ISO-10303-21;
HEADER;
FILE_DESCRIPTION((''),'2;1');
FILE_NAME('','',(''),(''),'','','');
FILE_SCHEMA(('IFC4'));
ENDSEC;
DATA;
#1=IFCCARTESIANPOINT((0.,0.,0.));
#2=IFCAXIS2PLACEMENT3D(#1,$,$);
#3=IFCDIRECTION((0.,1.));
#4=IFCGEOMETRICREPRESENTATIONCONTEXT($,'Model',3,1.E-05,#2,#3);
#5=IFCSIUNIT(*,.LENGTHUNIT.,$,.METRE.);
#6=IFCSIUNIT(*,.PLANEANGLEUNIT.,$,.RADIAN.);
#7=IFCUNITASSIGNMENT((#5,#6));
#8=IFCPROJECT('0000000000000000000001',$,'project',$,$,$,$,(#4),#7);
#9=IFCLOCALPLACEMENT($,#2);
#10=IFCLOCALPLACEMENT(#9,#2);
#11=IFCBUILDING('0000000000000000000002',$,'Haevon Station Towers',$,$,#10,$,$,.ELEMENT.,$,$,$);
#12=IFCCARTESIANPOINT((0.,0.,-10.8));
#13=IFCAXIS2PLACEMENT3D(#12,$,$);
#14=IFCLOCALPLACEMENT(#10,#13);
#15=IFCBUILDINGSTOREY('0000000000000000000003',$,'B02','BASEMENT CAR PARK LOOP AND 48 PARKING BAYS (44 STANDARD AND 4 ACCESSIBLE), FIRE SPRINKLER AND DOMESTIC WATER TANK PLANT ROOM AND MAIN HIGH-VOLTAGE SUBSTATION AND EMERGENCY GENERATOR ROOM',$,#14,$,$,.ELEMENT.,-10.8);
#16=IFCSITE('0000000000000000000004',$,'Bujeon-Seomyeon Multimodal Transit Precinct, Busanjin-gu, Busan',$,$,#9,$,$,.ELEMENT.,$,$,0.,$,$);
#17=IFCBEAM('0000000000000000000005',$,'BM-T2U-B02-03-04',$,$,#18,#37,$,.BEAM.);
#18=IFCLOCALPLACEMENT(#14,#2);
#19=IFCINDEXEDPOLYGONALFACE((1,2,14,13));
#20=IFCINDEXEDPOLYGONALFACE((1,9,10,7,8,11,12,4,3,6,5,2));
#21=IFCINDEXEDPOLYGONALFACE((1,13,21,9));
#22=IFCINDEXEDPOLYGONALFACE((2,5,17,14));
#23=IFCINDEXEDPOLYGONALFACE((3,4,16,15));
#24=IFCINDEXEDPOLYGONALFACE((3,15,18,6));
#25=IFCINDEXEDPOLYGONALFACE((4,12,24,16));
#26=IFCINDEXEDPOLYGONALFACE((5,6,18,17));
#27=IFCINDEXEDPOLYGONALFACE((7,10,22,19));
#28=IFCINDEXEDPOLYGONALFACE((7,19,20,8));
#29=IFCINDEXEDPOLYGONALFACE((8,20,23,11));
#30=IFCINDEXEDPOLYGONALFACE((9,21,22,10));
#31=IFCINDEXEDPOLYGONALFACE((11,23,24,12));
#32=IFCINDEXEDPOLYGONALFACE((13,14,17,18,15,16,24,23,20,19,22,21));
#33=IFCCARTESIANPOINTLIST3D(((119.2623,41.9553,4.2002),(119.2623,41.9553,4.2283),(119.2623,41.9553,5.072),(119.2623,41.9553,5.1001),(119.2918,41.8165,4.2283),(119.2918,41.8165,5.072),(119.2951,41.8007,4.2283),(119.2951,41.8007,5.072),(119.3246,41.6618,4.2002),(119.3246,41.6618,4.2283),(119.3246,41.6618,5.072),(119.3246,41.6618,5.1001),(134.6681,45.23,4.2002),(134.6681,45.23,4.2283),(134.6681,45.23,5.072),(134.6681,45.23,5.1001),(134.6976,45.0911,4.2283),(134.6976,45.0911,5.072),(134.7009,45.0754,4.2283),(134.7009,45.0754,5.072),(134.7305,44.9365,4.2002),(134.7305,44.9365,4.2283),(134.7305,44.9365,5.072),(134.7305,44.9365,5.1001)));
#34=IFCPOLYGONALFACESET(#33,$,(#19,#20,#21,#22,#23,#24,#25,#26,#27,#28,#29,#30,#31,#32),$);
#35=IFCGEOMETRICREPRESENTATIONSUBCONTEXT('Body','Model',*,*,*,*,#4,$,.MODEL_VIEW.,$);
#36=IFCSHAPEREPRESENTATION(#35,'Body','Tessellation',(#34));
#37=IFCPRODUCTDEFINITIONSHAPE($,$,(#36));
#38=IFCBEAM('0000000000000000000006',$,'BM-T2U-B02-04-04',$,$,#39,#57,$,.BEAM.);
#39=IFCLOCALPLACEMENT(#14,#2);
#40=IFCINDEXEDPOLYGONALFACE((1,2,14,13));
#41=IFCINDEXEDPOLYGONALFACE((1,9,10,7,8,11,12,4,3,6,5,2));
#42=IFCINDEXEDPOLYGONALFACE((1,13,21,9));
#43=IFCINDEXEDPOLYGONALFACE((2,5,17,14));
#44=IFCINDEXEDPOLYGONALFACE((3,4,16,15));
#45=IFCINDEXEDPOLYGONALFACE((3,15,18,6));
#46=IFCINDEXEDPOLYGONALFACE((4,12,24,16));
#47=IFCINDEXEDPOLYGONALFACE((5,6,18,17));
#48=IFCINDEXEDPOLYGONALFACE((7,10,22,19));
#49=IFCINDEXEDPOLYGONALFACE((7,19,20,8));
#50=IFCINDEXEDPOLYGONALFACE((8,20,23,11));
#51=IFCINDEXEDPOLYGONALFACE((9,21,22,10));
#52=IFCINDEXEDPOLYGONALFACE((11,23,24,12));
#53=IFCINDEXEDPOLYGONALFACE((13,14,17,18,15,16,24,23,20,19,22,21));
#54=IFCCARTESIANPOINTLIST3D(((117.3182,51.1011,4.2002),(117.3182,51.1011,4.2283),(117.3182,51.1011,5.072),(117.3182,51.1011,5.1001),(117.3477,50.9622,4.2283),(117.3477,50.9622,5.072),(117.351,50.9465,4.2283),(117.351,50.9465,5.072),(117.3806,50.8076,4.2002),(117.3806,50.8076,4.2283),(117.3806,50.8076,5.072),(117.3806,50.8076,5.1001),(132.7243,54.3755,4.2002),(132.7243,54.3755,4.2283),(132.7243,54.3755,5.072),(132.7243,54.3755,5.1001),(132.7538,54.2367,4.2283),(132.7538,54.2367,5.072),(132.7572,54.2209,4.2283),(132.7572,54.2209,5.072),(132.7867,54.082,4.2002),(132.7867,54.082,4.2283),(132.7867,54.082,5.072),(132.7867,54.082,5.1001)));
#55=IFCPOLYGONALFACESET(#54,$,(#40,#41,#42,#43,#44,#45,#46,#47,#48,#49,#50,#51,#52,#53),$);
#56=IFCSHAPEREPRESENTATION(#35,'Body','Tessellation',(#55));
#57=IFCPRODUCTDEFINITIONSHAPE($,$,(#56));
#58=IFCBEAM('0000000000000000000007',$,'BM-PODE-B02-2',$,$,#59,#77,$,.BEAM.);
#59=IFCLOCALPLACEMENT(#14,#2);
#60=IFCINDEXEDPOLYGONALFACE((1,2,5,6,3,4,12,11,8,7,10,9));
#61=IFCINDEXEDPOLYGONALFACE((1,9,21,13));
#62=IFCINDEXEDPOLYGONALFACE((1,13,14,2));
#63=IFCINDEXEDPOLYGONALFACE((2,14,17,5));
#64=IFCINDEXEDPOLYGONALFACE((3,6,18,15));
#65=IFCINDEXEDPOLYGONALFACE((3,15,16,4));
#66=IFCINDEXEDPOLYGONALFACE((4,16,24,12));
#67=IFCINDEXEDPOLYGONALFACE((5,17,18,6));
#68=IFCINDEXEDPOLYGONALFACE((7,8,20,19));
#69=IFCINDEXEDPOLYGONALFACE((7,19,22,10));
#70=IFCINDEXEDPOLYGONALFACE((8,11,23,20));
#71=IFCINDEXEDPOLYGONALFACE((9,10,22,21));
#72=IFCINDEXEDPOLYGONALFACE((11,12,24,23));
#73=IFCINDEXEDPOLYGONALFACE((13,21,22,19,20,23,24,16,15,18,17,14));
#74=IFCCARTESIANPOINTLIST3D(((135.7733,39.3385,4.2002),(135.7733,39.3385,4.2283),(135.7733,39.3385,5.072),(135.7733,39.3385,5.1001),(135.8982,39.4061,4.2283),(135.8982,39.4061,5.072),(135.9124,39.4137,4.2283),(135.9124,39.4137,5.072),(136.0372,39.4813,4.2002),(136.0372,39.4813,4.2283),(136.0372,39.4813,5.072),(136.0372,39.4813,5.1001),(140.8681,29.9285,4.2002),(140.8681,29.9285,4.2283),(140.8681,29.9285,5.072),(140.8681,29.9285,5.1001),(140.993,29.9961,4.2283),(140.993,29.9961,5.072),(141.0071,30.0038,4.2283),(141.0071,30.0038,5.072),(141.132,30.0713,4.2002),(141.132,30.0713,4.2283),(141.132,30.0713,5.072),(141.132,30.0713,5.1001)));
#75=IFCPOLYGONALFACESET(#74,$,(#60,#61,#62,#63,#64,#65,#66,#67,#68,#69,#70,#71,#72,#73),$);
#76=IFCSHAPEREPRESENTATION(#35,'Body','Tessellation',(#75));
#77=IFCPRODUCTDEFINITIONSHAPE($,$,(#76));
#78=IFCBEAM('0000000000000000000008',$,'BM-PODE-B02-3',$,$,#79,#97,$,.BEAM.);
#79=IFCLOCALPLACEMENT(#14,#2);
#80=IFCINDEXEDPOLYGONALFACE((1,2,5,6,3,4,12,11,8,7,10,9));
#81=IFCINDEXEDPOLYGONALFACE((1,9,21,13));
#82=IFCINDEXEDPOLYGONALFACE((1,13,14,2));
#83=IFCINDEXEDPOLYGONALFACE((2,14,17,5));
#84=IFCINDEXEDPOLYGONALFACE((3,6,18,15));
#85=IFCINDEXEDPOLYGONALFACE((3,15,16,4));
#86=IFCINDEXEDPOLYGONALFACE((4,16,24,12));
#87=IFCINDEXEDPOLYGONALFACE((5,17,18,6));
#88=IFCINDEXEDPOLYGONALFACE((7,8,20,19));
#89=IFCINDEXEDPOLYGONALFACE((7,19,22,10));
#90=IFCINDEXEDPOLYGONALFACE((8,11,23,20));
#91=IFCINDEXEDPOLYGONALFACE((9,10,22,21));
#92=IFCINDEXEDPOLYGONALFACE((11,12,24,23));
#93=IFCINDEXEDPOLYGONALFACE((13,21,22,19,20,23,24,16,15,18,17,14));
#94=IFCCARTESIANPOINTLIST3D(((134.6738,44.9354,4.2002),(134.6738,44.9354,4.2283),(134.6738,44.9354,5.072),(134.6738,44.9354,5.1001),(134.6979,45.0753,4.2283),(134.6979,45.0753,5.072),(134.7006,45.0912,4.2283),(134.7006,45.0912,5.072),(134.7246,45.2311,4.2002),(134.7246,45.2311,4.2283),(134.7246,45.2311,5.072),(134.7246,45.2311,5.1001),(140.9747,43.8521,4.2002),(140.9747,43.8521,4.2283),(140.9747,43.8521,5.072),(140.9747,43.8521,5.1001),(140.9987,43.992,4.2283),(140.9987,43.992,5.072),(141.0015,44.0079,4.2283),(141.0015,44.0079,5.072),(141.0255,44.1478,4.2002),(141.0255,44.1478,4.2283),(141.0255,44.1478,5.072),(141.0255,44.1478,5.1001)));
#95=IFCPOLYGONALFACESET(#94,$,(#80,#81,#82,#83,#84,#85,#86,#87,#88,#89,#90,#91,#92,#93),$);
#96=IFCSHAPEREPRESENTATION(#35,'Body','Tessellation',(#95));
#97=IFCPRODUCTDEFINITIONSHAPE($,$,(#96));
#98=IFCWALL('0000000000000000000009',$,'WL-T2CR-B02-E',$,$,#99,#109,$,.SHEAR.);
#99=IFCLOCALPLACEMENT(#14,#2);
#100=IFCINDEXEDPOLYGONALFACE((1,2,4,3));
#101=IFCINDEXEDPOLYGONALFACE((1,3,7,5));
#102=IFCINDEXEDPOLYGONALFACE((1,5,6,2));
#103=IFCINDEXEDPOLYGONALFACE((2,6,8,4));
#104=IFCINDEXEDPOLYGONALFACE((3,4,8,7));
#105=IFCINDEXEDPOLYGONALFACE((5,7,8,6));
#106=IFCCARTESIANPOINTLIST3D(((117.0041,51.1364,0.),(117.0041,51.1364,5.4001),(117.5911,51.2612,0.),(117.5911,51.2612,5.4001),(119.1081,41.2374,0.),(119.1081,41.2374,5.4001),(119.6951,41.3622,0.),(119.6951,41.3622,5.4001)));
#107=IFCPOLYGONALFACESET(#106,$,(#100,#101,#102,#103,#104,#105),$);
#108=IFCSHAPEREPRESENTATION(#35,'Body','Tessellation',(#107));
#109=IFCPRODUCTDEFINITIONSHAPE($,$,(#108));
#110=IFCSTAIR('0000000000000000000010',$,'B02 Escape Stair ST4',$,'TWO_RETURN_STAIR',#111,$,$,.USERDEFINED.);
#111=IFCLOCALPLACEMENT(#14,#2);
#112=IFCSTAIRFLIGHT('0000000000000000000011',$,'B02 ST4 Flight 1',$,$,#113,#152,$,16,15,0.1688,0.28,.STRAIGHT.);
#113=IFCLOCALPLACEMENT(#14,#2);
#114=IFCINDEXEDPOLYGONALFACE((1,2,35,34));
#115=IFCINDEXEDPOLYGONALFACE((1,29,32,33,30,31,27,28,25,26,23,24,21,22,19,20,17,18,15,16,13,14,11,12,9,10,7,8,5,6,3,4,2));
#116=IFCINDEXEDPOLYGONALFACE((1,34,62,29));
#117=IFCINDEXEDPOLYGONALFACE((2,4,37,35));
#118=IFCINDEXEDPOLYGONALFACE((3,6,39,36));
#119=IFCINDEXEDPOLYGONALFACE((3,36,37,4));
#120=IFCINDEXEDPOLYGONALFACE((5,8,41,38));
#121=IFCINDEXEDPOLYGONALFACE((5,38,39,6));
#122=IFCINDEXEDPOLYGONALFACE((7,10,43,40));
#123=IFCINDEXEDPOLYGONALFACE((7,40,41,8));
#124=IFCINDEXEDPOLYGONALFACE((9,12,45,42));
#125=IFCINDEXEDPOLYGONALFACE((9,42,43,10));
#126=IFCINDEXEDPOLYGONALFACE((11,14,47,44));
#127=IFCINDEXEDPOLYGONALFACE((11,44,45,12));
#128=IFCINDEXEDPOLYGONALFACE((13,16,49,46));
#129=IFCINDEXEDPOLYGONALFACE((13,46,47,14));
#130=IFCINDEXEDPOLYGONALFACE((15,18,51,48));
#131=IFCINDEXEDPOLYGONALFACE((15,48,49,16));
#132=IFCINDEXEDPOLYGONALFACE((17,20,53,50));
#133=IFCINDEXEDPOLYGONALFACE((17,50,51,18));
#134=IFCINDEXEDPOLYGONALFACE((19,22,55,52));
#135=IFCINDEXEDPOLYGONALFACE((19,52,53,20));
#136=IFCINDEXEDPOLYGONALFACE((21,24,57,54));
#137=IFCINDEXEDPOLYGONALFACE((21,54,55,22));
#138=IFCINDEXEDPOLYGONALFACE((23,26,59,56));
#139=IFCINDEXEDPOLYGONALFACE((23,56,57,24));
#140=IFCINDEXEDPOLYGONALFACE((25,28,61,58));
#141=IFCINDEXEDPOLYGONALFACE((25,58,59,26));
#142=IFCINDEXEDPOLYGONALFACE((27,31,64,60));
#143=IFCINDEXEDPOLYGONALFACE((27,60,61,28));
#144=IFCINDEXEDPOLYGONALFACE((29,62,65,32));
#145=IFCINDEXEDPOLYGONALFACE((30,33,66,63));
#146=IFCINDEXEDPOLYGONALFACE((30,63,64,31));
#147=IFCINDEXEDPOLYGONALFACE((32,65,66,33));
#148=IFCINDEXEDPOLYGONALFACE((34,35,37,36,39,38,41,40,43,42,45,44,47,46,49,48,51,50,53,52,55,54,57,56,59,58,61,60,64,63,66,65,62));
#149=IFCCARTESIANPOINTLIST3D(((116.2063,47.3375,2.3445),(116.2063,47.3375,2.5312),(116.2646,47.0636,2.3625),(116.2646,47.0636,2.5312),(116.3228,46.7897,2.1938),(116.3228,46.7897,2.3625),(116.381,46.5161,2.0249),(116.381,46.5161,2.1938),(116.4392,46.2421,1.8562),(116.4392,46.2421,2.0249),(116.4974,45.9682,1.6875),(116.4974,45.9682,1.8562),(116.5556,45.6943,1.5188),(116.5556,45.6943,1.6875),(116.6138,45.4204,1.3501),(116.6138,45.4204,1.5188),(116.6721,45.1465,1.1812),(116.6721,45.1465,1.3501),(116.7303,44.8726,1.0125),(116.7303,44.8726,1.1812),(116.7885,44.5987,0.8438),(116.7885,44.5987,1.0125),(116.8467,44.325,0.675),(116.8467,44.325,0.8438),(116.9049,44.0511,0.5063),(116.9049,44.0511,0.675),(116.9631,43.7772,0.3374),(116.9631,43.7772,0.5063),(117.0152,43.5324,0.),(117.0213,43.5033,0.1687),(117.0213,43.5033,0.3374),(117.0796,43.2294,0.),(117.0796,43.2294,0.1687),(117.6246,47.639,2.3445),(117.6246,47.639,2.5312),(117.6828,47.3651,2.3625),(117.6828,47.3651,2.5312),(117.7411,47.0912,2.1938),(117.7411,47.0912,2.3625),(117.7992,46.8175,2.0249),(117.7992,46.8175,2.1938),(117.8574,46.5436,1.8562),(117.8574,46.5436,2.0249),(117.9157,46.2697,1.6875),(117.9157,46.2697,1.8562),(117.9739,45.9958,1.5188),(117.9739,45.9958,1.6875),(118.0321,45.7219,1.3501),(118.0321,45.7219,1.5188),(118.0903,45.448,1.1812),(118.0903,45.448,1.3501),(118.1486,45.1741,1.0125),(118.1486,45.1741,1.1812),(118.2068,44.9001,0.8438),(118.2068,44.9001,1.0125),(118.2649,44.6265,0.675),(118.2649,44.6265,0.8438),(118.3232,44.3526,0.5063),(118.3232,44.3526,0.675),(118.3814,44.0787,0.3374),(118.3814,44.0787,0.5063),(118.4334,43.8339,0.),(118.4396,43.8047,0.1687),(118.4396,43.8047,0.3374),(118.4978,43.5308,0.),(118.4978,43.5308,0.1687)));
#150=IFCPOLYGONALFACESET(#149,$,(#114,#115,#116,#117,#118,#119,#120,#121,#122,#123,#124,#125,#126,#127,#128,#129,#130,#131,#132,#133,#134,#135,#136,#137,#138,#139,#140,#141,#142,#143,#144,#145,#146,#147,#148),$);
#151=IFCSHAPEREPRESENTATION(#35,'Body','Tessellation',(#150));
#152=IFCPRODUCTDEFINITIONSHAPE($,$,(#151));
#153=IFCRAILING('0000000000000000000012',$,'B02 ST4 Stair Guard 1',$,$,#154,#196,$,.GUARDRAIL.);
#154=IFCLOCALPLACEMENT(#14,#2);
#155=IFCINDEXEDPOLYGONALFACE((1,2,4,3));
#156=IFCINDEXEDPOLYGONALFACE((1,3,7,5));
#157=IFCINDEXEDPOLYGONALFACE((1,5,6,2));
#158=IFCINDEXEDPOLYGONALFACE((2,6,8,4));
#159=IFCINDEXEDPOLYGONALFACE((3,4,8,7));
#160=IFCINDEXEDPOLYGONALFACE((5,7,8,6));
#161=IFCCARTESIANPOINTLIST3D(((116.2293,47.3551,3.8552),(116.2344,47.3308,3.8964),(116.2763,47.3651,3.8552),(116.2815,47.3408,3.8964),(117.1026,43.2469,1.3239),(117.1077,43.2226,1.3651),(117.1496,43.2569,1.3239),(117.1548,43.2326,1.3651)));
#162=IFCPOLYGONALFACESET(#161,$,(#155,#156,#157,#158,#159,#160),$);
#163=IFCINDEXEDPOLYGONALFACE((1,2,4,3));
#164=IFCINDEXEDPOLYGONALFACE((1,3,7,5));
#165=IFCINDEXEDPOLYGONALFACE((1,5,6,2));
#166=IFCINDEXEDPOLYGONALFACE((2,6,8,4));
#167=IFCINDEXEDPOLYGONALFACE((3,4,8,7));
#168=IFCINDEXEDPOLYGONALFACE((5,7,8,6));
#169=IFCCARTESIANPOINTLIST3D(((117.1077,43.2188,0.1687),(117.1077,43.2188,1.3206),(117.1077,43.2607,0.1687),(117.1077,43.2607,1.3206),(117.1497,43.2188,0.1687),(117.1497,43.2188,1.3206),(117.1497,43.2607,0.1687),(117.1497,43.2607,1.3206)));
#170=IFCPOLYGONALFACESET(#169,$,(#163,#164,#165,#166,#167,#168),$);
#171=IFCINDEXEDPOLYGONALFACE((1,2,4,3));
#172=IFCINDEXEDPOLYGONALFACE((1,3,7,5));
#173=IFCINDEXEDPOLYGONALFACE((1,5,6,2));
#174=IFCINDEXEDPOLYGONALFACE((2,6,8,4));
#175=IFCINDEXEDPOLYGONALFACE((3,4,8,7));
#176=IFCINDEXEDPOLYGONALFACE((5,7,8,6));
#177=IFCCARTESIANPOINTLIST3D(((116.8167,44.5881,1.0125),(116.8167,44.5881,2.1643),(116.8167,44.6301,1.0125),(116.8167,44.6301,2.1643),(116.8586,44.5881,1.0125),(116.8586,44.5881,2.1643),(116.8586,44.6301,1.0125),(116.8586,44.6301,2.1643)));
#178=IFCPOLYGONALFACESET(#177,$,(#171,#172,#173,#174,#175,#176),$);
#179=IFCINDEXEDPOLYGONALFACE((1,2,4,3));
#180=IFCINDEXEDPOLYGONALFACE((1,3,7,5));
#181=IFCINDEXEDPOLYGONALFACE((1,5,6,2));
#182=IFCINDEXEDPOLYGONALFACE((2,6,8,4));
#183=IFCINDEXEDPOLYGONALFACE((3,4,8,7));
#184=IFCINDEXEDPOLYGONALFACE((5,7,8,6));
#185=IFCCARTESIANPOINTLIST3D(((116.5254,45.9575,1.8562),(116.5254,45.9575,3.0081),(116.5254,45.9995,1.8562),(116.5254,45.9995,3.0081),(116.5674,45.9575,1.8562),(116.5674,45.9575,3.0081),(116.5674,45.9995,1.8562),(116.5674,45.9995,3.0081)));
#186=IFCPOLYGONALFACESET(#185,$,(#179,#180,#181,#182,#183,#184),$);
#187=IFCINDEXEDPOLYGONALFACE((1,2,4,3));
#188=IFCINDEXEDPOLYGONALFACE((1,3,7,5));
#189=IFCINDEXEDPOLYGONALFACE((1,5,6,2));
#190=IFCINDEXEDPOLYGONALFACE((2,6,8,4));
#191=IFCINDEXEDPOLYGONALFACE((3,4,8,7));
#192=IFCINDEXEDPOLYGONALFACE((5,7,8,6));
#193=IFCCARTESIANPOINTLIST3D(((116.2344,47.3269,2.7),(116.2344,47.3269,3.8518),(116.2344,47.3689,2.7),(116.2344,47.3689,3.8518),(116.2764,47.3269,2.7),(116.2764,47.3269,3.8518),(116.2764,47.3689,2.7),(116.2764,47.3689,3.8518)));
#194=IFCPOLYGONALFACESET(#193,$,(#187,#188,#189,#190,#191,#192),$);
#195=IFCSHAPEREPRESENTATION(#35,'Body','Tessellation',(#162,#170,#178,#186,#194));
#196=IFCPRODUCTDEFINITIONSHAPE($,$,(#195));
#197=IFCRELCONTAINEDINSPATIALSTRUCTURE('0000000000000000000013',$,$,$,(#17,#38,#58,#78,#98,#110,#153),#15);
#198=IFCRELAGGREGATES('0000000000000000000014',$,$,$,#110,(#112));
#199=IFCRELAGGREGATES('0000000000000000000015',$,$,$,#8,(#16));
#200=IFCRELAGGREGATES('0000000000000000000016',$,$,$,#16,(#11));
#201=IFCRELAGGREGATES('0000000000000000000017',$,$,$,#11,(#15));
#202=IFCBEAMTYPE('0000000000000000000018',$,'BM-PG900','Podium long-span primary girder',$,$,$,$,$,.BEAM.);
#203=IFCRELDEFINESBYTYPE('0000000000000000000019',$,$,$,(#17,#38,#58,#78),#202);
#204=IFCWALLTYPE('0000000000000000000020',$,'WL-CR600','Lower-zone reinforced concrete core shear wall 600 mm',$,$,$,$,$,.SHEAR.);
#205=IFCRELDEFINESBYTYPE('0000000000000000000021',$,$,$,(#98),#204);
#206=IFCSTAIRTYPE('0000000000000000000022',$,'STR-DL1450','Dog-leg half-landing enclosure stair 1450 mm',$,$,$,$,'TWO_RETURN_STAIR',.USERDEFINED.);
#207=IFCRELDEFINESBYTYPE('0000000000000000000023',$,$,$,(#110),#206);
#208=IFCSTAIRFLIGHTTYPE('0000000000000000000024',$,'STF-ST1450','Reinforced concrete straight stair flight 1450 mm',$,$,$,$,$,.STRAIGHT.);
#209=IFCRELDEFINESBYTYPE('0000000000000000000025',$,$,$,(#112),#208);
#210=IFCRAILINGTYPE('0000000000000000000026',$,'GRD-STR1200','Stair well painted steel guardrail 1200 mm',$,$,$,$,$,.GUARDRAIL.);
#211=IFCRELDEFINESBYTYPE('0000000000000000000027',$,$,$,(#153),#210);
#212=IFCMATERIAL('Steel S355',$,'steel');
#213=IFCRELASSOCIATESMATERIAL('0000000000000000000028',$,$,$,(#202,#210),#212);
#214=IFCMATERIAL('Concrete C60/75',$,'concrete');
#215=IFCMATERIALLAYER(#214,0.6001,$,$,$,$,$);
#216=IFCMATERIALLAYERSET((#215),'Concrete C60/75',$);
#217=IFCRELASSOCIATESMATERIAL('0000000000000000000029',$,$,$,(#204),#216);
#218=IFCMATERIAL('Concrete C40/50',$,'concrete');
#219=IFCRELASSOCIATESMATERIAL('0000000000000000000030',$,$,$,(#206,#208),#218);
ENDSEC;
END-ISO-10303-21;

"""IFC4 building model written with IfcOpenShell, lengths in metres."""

from ifc_helpers import new_model, si_unit, direction, frame, frame_2d, origin, origin_2d, place, context, subcontext, project, spatial, polyline, rectangle, i_section, outline, extrude, material, layer, layer_set, material_profile, profile_set, type_object, element, aggregate, save


model = new_model("IFC4")

# Units and contexts
model_context = context("Model", 3, precision=1e-05, world=origin(), true_north=direction((0.0, 1.0)))
body_context = subcontext(model_context, "Body", "Model", "MODEL_VIEW")
ifc_project = project(units=[si_unit("LENGTHUNIT", "METRE"), si_unit("PLANEANGLEUNIT", "RADIAN")], contexts=[model_context])

# Site, building, storey
site_placement = place(None, origin())
site = spatial("IfcSite", under=ifc_project, at=site_placement, Name="Bujeon-Seomyeon Multimodal Transit Precinct, Busanjin-gu, Busan", CompositionType="ELEMENT", RefElevation=0.0)
building_placement = place(site_placement, origin())
building = spatial("IfcBuilding", under=site, at=building_placement, Name="Haevon Station Towers", CompositionType="ELEMENT")
storey_placement = place(building_placement, frame((0.0, 0.0, -10.8)))
storey = spatial("IfcBuildingStorey", under=building, at=storey_placement, Name="B02", Description="BASEMENT CAR PARK LOOP AND 48 PARKING BAYS (44 STANDARD AND 4 ACCESSIBLE), FIRE SPRINKLER AND DOMESTIC WATER TANK PLANT ROOM AND MAIN HIGH-VOLTAGE SUBSTATION AND EMERGENCY GENERATOR ROOM", CompositionType="ELEMENT", Elevation=-10.8)

# Beams
ifc_material_1 = material(Name="Steel S355", Category="steel")
ifc_material_profile_1 = material_profile(ifc_material_1, i_section(OverallWidth=0.3, OverallDepth=0.8999, WebThickness=0.0161, FlangeThickness=0.0281, at=origin_2d()), Name="H-900x300x16x28")
ifc_profile_set_1 = profile_set([ifc_material_profile_1], Name="Steel S355")
beam_type_1 = type_object("IfcBeamType", Name="BM-PG900", Description="Podium long-span primary girder", PredefinedType="BEAM", material=ifc_profile_set_1)
beam_1_placement = place(storey_placement, frame((119.2935, 41.8086, 4.6501), z_axis=(0.978147, 0.207915, 0.0), x_axis=(-0.207915, 0.978147, 0.0)))
element("IfcBeam", 1, at=beam_1_placement, inside=storey, type_object=beam_type_1, Name="BM-T2U-B02-03-04", PredefinedType="BEAM", context=body_context, shape_type="SweptSolid", body=[
    extrude(i_section(OverallWidth=0.3, OverallDepth=0.8999, WebThickness=0.0161, FlangeThickness=0.0281, at=origin_2d()), origin(), (0.0, 0.0, 1.0), 15.75),
])
beam_2_placement = place(storey_placement, frame((117.3494, 50.9543, 4.6501), z_axis=(0.978151, 0.207898, 0.0), x_axis=(-0.207898, 0.978151, 0.0)))
element("IfcBeam", 2, at=beam_2_placement, inside=storey, type_object=beam_type_1, Name="BM-T2U-B02-04-04", PredefinedType="BEAM", context=body_context, shape_type="SweptSolid", body=[
    extrude(i_section(OverallWidth=0.3, OverallDepth=0.8999, WebThickness=0.0161, FlangeThickness=0.0281, at=origin_2d()), origin(), (0.0, 0.0, 1.0), 15.7502),
])
beam_3_placement = place(storey_placement, frame((135.9053, 39.4099, 4.6501), z_axis=(0.476116, -0.879382, 0.0), x_axis=(0.879382, 0.476116, 0.0)))
element("IfcBeam", 3, at=beam_3_placement, inside=storey, type_object=beam_type_1, Name="BM-PODE-B02-2", PredefinedType="BEAM", context=body_context, shape_type="SweptSolid", body=[
    extrude(i_section(OverallWidth=0.3, OverallDepth=0.8999, WebThickness=0.0161, FlangeThickness=0.0281, at=origin_2d()), origin(), (0.0, 0.0, 1.0), 10.7007),
])
beam_4_placement = place(storey_placement, frame((134.6992, 45.0833, 4.6501), z_axis=(0.985541, -0.169438, 0.0), x_axis=(0.169438, 0.985541, 0.0)))
element("IfcBeam", 4, at=beam_4_placement, inside=storey, type_object=beam_type_1, Name="BM-PODE-B02-3", PredefinedType="BEAM", context=body_context, shape_type="SweptSolid", body=[
    extrude(i_section(OverallWidth=0.3, OverallDepth=0.8999, WebThickness=0.0161, FlangeThickness=0.0281, at=origin_2d()), origin(), (0.0, 0.0, 1.0), 6.3933),
])

# Wall
ifc_material_2 = material(Name="Concrete C60/75", Category="concrete")
ifc_layer = layer(ifc_material_2, 0.6001)
ifc_layer_set = layer_set([ifc_layer], Name="Concrete C60/75")
wall_type = type_object("IfcWallType", Name="WL-CR600", Description="Lower-zone reinforced concrete core shear wall 600 mm", PredefinedType="SHEAR", material=ifc_layer_set)
wall_placement = place(storey_placement, frame((119.4016, 41.2998, 0.0), z_axis=(0.0, 0.0, 1.0), x_axis=(-0.207904, 0.978149, 0.0)))
element("IfcWall", 5, at=wall_placement, inside=storey, type_object=wall_type, Name="WL-T2CR-B02-E", PredefinedType="SHEAR", context=body_context, shape_type="SweptSolid", body=[
    extrude(rectangle(XDim=10.1201, YDim=0.6001, at=frame_2d((5.0601, 0.0))), origin(), (0.0, 0.0, 1.0), 5.4001),
])

# Stair, stair flight
ifc_material_3 = material(Name="Concrete C40/50", Category="concrete")
stair_type = type_object("IfcStairType", Name="STR-DL1450", Description="Dog-leg half-landing enclosure stair 1450 mm", ElementType="TWO_RETURN_STAIR", PredefinedType="USERDEFINED", material=ifc_material_3)
stair_placement = place(storey_placement, origin())
stair = element("IfcStair", 6, at=stair_placement, inside=storey, type_object=stair_type, Name="B02 Escape Stair ST4", ObjectType="TWO_RETURN_STAIR", PredefinedType="USERDEFINED")
stair_flight_type = type_object("IfcStairFlightType", Name="STF-ST1450", Description="Reinforced concrete straight stair flight 1450 mm", PredefinedType="STRAIGHT", material=ifc_material_3)
stair_flight_placement = place(storey_placement, frame((117.7888, 43.3801, 0.0), z_axis=(0.0, 0.0, 1.0), x_axis=(-0.207912, 0.978148, 0.0)))
stair_flight = element("IfcStairFlight", 7, at=stair_flight_placement, type_object=stair_flight_type, Name="B02 ST4 Flight 1", NumberOfRisers=16, NumberOfTreads=15, PredefinedType="STRAIGHT", RiserHeight=0.1688, TreadLength=0.28, context=body_context, shape_type="SweptSolid", body=[
    extrude(outline(polyline([(0.0, 0.0), (0.0, 0.1687), (0.28, 0.1687), (0.28, 0.3374), (0.5601, 0.3374), (0.5601, 0.5063), (0.8401, 0.5063), (0.8401, 0.675), (1.1201, 0.675), (1.1201, 0.8438), (1.3999, 0.8438), (1.3999, 1.0125), (1.6799, 1.0125), (1.6799, 1.1812), (1.96, 1.1812), (1.96, 1.3501), (2.24, 1.3501), (2.24, 1.5188), (2.52, 1.5188), (2.52, 1.6875), (2.8, 1.6875), (2.8, 1.8562), (3.0801, 1.8562), (3.0801, 2.0249), (3.3601, 2.0249), (3.3601, 2.1938), (3.6399, 2.1938), (3.6399, 2.3625), (3.9199, 2.3625), (3.9199, 2.5312), (4.2, 2.5312), (4.2, 2.7), (4.2, 2.3445), (0.3098, 0.0), (0.0, 0.0)])), frame((0.0, 0.7251, 0.0), z_axis=(0.0, -1.0, 0.0), x_axis=(1.0, 0.0, 0.0)), (0.0, 0.0, 1.0), 1.45),
])
aggregate(stair, [stair_flight])

# Railing
railing_type_1 = type_object("IfcRailingType", Name="GRD-STR1200", Description="Stair well painted steel guardrail 1200 mm", PredefinedType="GUARDRAIL", material=ifc_material_1)
railing_1_placement = place(storey_placement, frame((117.1287, 43.2397, 0.1687)))
element("IfcRailing", 8, at=railing_1_placement, inside=storey, type_object=railing_type_1, Name="B02 ST4 Stair Guard 1", PredefinedType="GUARDRAIL", context=body_context, shape_type="SweptSolid", body=[
    extrude(rectangle(XDim=0.0481, YDim=0.0481, at=origin_2d()), frame((0.0, 0.0, 1.1758), z_axis=(-0.178086, 0.837757, 0.516186), x_axis=(-0.978144, -0.207929, 0.0)), (0.0, 0.0, 1.0), 4.9038),
    extrude(rectangle(XDim=0.042, YDim=0.042, at=origin_2d()), origin(), (0.0, 0.0, 1.0), 1.1519),
    extrude(rectangle(XDim=0.042, YDim=0.042, at=origin_2d()), frame((-0.291, 1.3694, 0.8438)), (0.0, 0.0, 1.0), 1.1519),
    extrude(rectangle(XDim=0.042, YDim=0.042, at=origin_2d()), frame((-0.5823, 2.7388, 1.6875)), (0.0, 0.0, 1.0), 1.1519),
    extrude(rectangle(XDim=0.042, YDim=0.042, at=origin_2d()), frame((-0.8733, 4.1082, 2.5312)), (0.0, 0.0, 1.0), 1.1519),
])

save(model, "model.ifc")
